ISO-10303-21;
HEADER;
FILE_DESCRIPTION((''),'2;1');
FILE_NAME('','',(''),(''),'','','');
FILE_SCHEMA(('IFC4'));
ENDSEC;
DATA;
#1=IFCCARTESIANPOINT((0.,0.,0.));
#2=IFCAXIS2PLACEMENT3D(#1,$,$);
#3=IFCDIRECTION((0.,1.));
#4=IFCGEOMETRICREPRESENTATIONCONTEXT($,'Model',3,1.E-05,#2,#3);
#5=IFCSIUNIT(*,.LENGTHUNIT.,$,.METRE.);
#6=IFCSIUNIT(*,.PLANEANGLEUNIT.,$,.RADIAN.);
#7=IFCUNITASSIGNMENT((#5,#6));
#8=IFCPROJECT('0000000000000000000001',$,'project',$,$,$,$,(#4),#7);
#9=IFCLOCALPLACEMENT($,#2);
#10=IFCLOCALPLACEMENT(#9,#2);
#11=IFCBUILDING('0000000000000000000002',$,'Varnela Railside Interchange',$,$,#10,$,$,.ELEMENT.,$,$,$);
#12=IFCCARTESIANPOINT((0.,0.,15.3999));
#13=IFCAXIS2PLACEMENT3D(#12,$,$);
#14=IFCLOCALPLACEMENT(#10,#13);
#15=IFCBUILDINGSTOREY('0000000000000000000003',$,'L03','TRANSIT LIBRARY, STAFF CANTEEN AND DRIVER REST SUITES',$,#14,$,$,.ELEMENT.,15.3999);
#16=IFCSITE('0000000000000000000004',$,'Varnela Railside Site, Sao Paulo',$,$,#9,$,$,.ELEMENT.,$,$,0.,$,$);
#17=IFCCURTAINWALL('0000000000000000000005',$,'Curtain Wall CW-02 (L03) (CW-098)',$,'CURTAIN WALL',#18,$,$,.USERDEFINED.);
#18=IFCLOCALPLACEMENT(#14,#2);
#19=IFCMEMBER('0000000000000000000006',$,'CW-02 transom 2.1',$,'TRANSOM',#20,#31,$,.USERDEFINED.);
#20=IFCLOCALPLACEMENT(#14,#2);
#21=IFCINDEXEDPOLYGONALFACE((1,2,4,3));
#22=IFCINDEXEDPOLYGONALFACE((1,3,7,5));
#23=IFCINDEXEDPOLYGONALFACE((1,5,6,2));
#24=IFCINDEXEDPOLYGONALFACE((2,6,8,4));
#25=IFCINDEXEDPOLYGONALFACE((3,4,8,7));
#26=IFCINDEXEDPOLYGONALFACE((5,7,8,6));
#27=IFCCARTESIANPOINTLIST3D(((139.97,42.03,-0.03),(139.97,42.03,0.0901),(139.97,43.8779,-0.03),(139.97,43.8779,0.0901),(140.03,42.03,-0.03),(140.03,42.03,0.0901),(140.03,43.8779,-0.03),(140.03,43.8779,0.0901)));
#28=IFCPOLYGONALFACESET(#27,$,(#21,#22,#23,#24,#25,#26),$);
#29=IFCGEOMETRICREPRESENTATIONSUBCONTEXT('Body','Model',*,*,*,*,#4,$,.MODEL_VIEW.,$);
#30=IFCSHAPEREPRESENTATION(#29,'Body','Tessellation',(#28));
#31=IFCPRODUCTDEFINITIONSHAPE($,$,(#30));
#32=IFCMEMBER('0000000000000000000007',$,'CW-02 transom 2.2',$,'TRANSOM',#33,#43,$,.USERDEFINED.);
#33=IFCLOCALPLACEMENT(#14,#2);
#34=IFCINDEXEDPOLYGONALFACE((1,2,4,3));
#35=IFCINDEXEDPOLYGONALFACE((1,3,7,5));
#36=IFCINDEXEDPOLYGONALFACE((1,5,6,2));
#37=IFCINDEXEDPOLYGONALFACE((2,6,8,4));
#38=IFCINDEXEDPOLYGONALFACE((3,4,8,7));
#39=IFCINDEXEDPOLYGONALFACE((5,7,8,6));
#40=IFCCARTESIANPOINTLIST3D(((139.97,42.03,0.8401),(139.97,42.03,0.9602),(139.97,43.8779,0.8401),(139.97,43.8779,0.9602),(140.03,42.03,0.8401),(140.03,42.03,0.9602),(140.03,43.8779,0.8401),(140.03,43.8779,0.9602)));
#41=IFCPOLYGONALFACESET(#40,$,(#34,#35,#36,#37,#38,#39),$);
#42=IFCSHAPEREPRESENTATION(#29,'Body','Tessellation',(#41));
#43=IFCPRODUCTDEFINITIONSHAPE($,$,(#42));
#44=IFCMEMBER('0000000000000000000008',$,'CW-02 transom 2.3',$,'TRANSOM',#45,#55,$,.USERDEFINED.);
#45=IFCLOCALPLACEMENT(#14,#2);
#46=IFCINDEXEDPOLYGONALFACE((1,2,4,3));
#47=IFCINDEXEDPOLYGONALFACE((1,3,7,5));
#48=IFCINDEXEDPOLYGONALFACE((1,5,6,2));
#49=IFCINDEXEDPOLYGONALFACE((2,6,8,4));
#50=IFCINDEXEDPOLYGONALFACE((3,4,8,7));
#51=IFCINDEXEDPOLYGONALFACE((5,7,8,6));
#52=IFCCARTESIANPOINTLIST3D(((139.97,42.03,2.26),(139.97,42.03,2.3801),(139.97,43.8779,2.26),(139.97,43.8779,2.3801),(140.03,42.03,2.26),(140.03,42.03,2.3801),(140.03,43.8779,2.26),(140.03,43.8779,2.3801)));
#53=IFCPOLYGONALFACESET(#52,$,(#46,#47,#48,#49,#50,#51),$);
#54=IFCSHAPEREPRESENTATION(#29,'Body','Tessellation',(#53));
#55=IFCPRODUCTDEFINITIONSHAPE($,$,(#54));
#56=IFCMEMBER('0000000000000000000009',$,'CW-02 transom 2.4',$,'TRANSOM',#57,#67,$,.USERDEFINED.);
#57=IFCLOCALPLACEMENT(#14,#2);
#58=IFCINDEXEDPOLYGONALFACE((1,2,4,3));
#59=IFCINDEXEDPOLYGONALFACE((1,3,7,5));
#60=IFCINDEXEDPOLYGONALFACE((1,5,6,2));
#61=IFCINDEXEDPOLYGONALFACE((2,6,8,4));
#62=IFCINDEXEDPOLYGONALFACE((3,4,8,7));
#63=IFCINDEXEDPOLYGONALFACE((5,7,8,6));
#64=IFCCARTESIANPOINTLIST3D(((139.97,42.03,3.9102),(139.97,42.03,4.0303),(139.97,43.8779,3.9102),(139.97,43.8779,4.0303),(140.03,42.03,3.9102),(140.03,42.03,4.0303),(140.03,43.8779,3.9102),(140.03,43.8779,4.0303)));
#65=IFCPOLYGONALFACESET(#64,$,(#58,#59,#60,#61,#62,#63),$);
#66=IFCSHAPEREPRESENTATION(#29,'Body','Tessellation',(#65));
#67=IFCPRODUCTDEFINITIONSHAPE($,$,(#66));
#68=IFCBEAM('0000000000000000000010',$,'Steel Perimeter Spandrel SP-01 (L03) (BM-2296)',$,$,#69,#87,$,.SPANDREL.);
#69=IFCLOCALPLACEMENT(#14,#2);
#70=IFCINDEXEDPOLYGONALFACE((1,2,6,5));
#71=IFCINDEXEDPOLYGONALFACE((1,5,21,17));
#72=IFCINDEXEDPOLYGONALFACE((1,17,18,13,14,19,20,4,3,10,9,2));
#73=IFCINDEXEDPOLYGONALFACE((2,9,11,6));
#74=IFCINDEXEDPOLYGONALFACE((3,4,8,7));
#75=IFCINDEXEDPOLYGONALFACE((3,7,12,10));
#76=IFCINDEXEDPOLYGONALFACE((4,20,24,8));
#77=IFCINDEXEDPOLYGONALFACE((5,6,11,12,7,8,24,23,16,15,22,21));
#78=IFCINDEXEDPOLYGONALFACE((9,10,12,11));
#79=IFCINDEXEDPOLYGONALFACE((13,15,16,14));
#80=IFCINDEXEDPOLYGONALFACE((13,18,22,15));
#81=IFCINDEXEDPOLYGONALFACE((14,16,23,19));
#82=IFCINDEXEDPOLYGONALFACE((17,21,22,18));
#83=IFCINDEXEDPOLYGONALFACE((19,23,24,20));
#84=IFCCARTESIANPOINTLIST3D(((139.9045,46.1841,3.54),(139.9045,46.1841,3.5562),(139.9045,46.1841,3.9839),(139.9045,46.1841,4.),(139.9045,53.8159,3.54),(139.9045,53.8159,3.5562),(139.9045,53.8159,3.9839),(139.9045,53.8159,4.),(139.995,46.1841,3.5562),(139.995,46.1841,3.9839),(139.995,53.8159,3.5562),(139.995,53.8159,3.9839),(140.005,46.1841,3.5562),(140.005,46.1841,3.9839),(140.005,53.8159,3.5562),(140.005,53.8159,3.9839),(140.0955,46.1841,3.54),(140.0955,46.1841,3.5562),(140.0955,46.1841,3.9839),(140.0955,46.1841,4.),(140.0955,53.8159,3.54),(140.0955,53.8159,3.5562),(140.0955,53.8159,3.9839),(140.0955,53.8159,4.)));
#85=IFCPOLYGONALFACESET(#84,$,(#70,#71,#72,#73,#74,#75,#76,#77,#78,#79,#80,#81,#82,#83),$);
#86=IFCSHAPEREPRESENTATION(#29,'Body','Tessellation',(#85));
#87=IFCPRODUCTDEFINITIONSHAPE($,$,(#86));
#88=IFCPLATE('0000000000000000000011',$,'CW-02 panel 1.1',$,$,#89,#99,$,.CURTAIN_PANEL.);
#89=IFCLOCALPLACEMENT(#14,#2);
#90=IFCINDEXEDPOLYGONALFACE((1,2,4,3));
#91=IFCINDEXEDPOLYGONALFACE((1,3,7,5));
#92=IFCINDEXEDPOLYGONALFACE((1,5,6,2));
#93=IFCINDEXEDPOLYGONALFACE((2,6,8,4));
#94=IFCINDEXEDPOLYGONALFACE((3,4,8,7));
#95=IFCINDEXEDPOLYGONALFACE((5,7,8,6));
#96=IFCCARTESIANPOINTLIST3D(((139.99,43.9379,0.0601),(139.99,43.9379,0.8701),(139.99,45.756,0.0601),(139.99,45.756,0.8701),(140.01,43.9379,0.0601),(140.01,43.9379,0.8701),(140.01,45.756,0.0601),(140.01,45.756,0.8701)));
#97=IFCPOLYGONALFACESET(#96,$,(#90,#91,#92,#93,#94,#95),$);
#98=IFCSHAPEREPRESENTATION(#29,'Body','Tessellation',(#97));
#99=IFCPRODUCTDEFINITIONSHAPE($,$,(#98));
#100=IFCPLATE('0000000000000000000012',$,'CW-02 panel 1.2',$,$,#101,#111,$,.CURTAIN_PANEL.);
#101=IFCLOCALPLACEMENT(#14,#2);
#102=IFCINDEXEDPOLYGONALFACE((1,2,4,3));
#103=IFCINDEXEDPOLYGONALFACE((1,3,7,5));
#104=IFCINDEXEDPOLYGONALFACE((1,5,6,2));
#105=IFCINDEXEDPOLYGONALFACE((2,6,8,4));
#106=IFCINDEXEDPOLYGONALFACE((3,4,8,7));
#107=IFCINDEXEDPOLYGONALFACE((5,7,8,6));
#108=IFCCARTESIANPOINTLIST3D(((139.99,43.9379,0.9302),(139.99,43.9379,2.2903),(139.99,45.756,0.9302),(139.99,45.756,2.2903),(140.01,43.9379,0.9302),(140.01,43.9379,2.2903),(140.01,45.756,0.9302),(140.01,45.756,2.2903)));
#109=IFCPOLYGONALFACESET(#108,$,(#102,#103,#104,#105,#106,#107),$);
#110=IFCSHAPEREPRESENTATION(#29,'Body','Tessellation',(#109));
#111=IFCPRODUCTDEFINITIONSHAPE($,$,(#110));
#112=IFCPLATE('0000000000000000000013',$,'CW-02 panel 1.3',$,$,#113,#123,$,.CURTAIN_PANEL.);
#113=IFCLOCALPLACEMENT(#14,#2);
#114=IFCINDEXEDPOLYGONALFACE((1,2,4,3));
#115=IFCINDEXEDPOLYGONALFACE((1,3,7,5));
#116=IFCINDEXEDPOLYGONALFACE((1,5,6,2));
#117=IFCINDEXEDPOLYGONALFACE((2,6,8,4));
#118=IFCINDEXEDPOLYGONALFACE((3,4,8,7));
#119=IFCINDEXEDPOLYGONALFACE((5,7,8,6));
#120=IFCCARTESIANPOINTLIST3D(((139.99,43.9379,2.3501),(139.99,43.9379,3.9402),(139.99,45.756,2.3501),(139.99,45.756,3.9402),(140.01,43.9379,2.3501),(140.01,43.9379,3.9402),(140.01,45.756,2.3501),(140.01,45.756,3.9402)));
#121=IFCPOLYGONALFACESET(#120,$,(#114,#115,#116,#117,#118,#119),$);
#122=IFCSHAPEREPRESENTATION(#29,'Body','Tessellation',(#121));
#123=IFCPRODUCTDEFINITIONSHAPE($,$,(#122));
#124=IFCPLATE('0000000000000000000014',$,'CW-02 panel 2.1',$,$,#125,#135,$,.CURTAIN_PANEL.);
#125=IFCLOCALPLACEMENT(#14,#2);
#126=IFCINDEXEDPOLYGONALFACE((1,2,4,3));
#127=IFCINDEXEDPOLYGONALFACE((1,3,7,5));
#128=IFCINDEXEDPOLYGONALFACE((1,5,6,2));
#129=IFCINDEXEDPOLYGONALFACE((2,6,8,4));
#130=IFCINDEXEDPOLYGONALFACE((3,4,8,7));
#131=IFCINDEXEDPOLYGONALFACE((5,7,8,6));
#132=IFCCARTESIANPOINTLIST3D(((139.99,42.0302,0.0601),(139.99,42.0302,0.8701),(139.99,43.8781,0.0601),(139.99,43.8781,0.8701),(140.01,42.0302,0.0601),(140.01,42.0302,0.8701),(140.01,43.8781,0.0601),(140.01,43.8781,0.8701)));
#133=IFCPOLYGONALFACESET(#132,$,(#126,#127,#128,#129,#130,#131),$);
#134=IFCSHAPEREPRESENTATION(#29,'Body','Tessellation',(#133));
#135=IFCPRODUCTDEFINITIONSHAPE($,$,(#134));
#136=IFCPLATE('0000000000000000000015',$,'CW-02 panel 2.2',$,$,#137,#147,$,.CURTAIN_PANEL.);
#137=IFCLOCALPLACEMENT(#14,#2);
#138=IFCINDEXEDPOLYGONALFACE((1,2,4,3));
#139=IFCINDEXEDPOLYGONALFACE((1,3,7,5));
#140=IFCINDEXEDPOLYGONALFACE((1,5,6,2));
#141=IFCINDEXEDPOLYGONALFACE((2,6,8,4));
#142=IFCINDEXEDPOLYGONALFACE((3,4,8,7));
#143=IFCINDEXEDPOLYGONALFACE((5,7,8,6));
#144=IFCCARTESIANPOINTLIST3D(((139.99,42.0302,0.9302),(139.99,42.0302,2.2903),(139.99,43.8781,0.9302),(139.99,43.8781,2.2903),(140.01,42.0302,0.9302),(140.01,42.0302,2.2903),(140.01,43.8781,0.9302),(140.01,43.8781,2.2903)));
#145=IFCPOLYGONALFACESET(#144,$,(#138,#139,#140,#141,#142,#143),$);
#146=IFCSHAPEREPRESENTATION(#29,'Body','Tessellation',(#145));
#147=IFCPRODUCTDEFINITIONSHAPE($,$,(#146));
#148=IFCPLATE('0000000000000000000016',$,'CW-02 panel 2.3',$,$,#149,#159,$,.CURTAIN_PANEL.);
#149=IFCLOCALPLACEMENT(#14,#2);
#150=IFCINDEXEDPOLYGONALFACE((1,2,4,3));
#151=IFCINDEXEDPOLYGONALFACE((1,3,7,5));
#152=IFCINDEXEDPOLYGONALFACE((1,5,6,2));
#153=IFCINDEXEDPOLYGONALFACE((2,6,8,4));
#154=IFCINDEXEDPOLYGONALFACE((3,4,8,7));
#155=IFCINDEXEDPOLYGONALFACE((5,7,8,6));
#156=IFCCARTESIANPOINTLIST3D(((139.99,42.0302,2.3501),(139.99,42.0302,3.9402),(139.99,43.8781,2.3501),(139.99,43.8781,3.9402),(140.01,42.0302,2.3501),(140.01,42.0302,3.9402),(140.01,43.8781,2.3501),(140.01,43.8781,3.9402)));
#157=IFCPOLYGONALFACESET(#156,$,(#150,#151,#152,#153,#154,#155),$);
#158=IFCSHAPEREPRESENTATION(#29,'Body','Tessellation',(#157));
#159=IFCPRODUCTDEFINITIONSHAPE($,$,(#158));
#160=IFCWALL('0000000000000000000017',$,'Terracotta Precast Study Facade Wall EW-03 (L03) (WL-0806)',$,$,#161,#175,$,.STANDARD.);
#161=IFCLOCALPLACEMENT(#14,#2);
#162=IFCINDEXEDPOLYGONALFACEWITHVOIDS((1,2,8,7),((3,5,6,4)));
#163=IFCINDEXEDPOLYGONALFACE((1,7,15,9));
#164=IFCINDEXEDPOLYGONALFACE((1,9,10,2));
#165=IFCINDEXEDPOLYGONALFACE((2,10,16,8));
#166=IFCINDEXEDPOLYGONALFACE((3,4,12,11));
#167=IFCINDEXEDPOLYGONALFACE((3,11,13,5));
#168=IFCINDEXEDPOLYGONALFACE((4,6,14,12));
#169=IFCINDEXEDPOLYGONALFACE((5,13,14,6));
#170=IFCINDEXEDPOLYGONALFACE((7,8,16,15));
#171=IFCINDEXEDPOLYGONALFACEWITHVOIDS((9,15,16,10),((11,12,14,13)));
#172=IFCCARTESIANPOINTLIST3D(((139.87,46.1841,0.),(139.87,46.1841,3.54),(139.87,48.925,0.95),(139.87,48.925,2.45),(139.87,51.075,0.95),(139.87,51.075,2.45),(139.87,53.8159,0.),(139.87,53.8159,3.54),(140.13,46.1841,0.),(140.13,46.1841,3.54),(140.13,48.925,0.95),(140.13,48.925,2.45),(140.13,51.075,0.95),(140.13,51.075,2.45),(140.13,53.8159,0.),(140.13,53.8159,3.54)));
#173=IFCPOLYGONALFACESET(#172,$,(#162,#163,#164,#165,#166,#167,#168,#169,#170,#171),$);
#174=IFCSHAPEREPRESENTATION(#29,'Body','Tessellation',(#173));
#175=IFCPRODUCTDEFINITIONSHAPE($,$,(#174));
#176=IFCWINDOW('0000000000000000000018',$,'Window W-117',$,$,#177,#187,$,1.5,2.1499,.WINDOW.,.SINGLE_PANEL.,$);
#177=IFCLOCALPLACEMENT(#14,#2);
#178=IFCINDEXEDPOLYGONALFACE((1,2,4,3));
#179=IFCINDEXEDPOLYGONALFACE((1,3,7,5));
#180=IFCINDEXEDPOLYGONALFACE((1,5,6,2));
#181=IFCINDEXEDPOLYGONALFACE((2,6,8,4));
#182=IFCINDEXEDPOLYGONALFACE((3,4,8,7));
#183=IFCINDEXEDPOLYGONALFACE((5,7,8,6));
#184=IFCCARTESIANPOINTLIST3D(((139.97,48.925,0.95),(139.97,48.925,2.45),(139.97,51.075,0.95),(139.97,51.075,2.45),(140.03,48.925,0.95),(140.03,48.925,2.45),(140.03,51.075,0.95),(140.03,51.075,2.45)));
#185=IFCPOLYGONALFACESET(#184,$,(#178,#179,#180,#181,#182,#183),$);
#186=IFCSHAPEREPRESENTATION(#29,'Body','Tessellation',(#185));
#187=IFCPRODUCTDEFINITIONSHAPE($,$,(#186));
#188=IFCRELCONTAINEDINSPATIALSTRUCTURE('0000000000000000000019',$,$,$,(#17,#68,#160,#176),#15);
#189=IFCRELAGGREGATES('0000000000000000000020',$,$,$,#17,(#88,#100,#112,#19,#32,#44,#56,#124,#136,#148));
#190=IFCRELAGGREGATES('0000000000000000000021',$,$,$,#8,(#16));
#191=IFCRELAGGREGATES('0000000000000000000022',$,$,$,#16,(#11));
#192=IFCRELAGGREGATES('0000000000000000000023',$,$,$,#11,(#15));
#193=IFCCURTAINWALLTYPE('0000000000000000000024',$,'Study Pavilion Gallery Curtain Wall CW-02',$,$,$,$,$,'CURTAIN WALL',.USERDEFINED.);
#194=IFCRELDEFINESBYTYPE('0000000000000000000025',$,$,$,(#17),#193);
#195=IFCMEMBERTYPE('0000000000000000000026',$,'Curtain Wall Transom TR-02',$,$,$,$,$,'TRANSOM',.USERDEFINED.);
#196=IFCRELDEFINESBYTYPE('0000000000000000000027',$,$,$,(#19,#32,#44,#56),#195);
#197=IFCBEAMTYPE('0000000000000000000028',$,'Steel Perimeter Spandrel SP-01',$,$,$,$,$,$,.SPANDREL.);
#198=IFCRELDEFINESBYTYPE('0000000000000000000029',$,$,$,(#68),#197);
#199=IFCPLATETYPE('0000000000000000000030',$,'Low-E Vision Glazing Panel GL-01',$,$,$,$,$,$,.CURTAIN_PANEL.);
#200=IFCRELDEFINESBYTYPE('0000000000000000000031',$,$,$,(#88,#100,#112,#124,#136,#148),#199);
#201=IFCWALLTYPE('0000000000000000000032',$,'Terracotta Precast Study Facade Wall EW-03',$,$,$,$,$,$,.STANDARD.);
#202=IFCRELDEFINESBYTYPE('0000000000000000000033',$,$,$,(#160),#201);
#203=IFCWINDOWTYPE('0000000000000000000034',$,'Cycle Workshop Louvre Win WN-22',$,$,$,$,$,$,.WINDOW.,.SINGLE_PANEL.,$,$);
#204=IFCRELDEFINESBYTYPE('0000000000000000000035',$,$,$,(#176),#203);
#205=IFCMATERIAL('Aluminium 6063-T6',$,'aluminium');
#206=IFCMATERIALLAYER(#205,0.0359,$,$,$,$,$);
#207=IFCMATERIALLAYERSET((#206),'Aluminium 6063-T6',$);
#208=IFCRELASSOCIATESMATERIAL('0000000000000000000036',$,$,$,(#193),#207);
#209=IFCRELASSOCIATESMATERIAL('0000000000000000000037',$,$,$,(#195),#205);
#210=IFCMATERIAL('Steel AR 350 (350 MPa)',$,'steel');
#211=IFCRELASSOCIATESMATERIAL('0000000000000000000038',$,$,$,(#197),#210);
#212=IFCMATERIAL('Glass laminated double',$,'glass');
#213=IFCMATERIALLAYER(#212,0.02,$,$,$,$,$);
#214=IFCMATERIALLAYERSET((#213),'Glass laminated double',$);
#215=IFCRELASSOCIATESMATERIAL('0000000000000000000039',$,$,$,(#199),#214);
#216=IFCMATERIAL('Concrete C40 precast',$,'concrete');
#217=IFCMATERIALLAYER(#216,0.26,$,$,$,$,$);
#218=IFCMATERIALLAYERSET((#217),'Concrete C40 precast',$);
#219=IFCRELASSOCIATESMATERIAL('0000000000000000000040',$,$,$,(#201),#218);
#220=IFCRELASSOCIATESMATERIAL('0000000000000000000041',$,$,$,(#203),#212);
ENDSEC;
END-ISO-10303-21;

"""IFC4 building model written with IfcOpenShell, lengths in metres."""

from ifc_helpers import new_model, si_unit, direction, frame, frame_2d, origin, origin_2d, place, context, subcontext, project, spatial, rectangle, i_section, extrude, material, layer, layer_set, material_profile, profile_set, type_object, element, fill, aggregate, save


model = new_model("IFC4")

# Units and contexts
model_context = context("Model", 3, precision=1e-05, world=origin(), true_north=direction((0.0, 1.0)))
body_context = subcontext(model_context, "Body", "Model", "MODEL_VIEW")
ifc_project = project(units=[si_unit("LENGTHUNIT", "METRE"), si_unit("PLANEANGLEUNIT", "RADIAN")], contexts=[model_context])

# Site, building, storey
site_placement = place(None, origin())
site = spatial("IfcSite", under=ifc_project, at=site_placement, Name="Varnela Railside Site, Sao Paulo", CompositionType="ELEMENT", RefElevation=0.0)
building_placement = place(site_placement, origin())
building = spatial("IfcBuilding", under=site, at=building_placement, Name="Varnela Railside Interchange", CompositionType="ELEMENT")
storey_placement = place(building_placement, frame((0.0, 0.0, 15.3999)))
storey = spatial("IfcBuildingStorey", under=building, at=storey_placement, Name="L03", Description="TRANSIT LIBRARY, STAFF CANTEEN AND DRIVER REST SUITES", CompositionType="ELEMENT", Elevation=15.3999)

# Shared definitions
ifc_material_1 = material(Name="Steel AR 350 (350 MPa)", Category="steel")

# Curtain wall, members
ifc_material_2 = material(Name="Aluminium 6063-T6", Category="aluminium")
ifc_layer_1 = layer(ifc_material_2, 0.0359)
ifc_layer_set_1 = layer_set([ifc_layer_1], Name="Aluminium 6063-T6")
curtain_wall_type = type_object("IfcCurtainWallType", Name="Study Pavilion Gallery Curtain Wall CW-02", ElementType="CURTAIN WALL", PredefinedType="USERDEFINED", material=ifc_layer_set_1)
curtain_wall_placement = place(storey_placement, origin())
curtain_wall = element("IfcCurtainWall", 1, at=curtain_wall_placement, inside=storey, type_object=curtain_wall_type, Name="Curtain Wall CW-02 (L03) (CW-098)", ObjectType="CURTAIN WALL", PredefinedType="USERDEFINED")
ifc_material_profile_1 = material_profile(ifc_material_2, rectangle(XDim=0.0601, YDim=0.1201, at=origin_2d()), Name="ALU 60x120")
ifc_profile_set_1 = profile_set([ifc_material_profile_1], Name="Aluminium 6063-T6")
member_type_1 = type_object("IfcMemberType", Name="Curtain Wall Transom TR-02", ElementType="TRANSOM", PredefinedType="USERDEFINED", material=ifc_profile_set_1)
member_1_placement = place(storey_placement, frame((140.0, 43.8779, 0.03), z_axis=(0.0, -1.0, 0.0), x_axis=(1.0, 0.0, 0.0)))
member_1 = element("IfcMember", 2, at=member_1_placement, type_object=member_type_1, Name="CW-02 transom 2.1", ObjectType="TRANSOM", PredefinedType="USERDEFINED", context=body_context, shape_type="SweptSolid", body=[
    extrude(rectangle(XDim=0.0601, YDim=0.1201, at=origin_2d()), origin(), (0.0, 0.0, 1.0), 1.8479),
])
member_2_placement = place(storey_placement, frame((140.0, 43.8779, 0.9001), z_axis=(0.0, -1.0, 0.0), x_axis=(1.0, 0.0, 0.0)))
member_2 = element("IfcMember", 3, at=member_2_placement, type_object=member_type_1, Name="CW-02 transom 2.2", ObjectType="TRANSOM", PredefinedType="USERDEFINED", context=body_context, shape_type="SweptSolid", body=[
    extrude(rectangle(XDim=0.0601, YDim=0.1201, at=origin_2d()), origin(), (0.0, 0.0, 1.0), 1.8479),
])
member_3_placement = place(storey_placement, frame((140.0, 43.8779, 2.3201), z_axis=(0.0, -1.0, 0.0), x_axis=(1.0, 0.0, 0.0)))
member_3 = element("IfcMember", 4, at=member_3_placement, type_object=member_type_1, Name="CW-02 transom 2.3", ObjectType="TRANSOM", PredefinedType="USERDEFINED", context=body_context, shape_type="SweptSolid", body=[
    extrude(rectangle(XDim=0.0601, YDim=0.1201, at=origin_2d()), origin(), (0.0, 0.0, 1.0), 1.8479),
])
member_4_placement = place(storey_placement, frame((140.0, 43.8779, 3.9702), z_axis=(0.0, -1.0, 0.0), x_axis=(1.0, 0.0, 0.0)))
member_4 = element("IfcMember", 5, at=member_4_placement, type_object=member_type_1, Name="CW-02 transom 2.4", ObjectType="TRANSOM", PredefinedType="USERDEFINED", context=body_context, shape_type="SweptSolid", body=[
    extrude(rectangle(XDim=0.0601, YDim=0.1201, at=origin_2d()), origin(), (0.0, 0.0, 1.0), 1.8479),
])

# Beam
ifc_material_profile_2 = material_profile(ifc_material_1, i_section(OverallWidth=0.1909, OverallDepth=0.46, WebThickness=0.01, FlangeThickness=0.0161, at=origin_2d()), Name="W460x82")
ifc_profile_set_2 = profile_set([ifc_material_profile_2], Name="Steel AR 350 (350 MPa)")
beam_type_1 = type_object("IfcBeamType", Name="Steel Perimeter Spandrel SP-01", PredefinedType="SPANDREL", material=ifc_profile_set_2)
beam_1_placement = place(storey_placement, frame((140.0, 46.1841, 3.77), z_axis=(0.0, 1.0, 0.0), x_axis=(-1.0, 0.0, 0.0)))
element("IfcBeam", 6, at=beam_1_placement, inside=storey, type_object=beam_type_1, Name="Steel Perimeter Spandrel SP-01 (L03) (BM-2296)", PredefinedType="SPANDREL", context=body_context, shape_type="SweptSolid", body=[
    extrude(i_section(OverallWidth=0.1909, OverallDepth=0.46, WebThickness=0.01, FlangeThickness=0.0161, at=origin_2d()), origin(), (0.0, 0.0, 1.0), 7.6318),
])

# Plates
ifc_material_3 = material(Name="Glass laminated double", Category="glass")
ifc_layer_2 = layer(ifc_material_3, 0.02)
ifc_layer_set_2 = layer_set([ifc_layer_2], Name="Glass laminated double")
plate_type = type_object("IfcPlateType", Name="Low-E Vision Glazing Panel GL-01", PredefinedType="CURTAIN_PANEL", material=ifc_layer_set_2)
plate_1_placement = place(storey_placement, frame((140.0, 44.8469, 0.0601), z_axis=(0.0, 0.0, 1.0), x_axis=(0.0, -1.0, 0.0)))
plate_1 = element("IfcPlate", 7, at=plate_1_placement, type_object=plate_type, Name="CW-02 panel 1.1", PredefinedType="CURTAIN_PANEL", context=body_context, shape_type="SweptSolid", body=[
    extrude(rectangle(XDim=1.8181, YDim=0.02, at=origin_2d()), origin(), (0.0, 0.0, 1.0), 0.8101),
])
plate_2_placement = place(storey_placement, frame((140.0, 44.8469, 0.9302), z_axis=(0.0, 0.0, 1.0), x_axis=(0.0, -1.0, 0.0)))
plate_2 = element("IfcPlate", 8, at=plate_2_placement, type_object=plate_type, Name="CW-02 panel 1.2", PredefinedType="CURTAIN_PANEL", context=body_context, shape_type="SweptSolid", body=[
    extrude(rectangle(XDim=1.8181, YDim=0.02, at=origin_2d()), origin(), (0.0, 0.0, 1.0), 1.3601),
])
plate_3_placement = place(storey_placement, frame((140.0, 44.8469, 2.3501), z_axis=(0.0, 0.0, 1.0), x_axis=(0.0, -1.0, 0.0)))
plate_3 = element("IfcPlate", 9, at=plate_3_placement, type_object=plate_type, Name="CW-02 panel 1.3", PredefinedType="CURTAIN_PANEL", context=body_context, shape_type="SweptSolid", body=[
    extrude(rectangle(XDim=1.8181, YDim=0.02, at=origin_2d()), origin(), (0.0, 0.0, 1.0), 1.5901),
])
plate_4_placement = place(storey_placement, frame((140.0, 42.9541, 0.0601), z_axis=(0.0, 0.0, 1.0), x_axis=(0.0, -1.0, 0.0)))
plate_4 = element("IfcPlate", 10, at=plate_4_placement, type_object=plate_type, Name="CW-02 panel 2.1", PredefinedType="CURTAIN_PANEL", context=body_context, shape_type="SweptSolid", body=[
    extrude(rectangle(XDim=1.8479, YDim=0.02, at=origin_2d()), origin(), (0.0, 0.0, 1.0), 0.8101),
])
plate_5_placement = place(storey_placement, frame((140.0, 42.9541, 0.9302), z_axis=(0.0, 0.0, 1.0), x_axis=(0.0, -1.0, 0.0)))
plate_5 = element("IfcPlate", 11, at=plate_5_placement, type_object=plate_type, Name="CW-02 panel 2.2", PredefinedType="CURTAIN_PANEL", context=body_context, shape_type="SweptSolid", body=[
    extrude(rectangle(XDim=1.8479, YDim=0.02, at=origin_2d()), origin(), (0.0, 0.0, 1.0), 1.3601),
])
plate_6_placement = place(storey_placement, frame((140.0, 42.9541, 2.3501), z_axis=(0.0, 0.0, 1.0), x_axis=(0.0, -1.0, 0.0)))
plate_6 = element("IfcPlate", 12, at=plate_6_placement, type_object=plate_type, Name="CW-02 panel 2.3", PredefinedType="CURTAIN_PANEL", context=body_context, shape_type="SweptSolid", body=[
    extrude(rectangle(XDim=1.8479, YDim=0.02, at=origin_2d()), origin(), (0.0, 0.0, 1.0), 1.5901),
])
aggregate(curtain_wall, [plate_1, plate_2, plate_3, member_1, member_2, member_3, member_4, plate_4, plate_5, plate_6])

# Wall, opening, window
ifc_material_4 = material(Name="Concrete C40 precast", Category="concrete")
ifc_layer_3 = layer(ifc_material_4, 0.26)
ifc_layer_set_3 = layer_set([ifc_layer_3], Name="Concrete C40 precast")
wall_type = type_object("IfcWallType", Name="Terracotta Precast Study Facade Wall EW-03", PredefinedType="STANDARD", material=ifc_layer_set_3)
wall_placement = place(storey_placement, frame((140.0, 53.8159, 0.0), z_axis=(0.0, 0.0, 1.0), x_axis=(0.0, -1.0, 0.0)))
wall = element("IfcWall", 13, at=wall_placement, inside=storey, type_object=wall_type, Name="Terracotta Precast Study Facade Wall EW-03 (L03) (WL-0806)", PredefinedType="STANDARD", context=body_context, shape_type="SweptSolid", body=[
    extrude(rectangle(XDim=7.6318, YDim=0.26, at=frame_2d((3.8159, 0.0))), origin(), (0.0, 0.0, 1.0), 3.54),
])
opening_placement = place(wall_placement, frame((2.741, 0.0, 0.95)))
opening = element("IfcOpeningElement", 14, at=opening_placement, cuts=wall, PredefinedType="OPENING", context=body_context, shape_type="SweptSolid", body=[
    extrude(rectangle(XDim=2.1499, YDim=1.5, at=frame_2d((1.075, 0.75))), frame((0.0, 0.1399, 0.0), z_axis=(0.0, -1.0, 0.0), x_axis=(1.0, 0.0, 0.0)), (0.0, 0.0, 1.0), 0.28),
])
window_type = type_object("IfcWindowType", Name="Cycle Workshop Louvre Win WN-22", PartitioningType="SINGLE_PANEL", PredefinedType="WINDOW", material=ifc_material_3)
window_placement = place(opening_placement, origin())
window = element("IfcWindow", 15, at=window_placement, inside=storey, type_object=window_type, Name="Window W-117", OverallHeight=1.5, OverallWidth=2.1499, PartitioningType="SINGLE_PANEL", PredefinedType="WINDOW", context=body_context, shape_type="SweptSolid", body=[
    extrude(rectangle(XDim=2.1499, YDim=1.5, at=frame_2d((1.075, 0.75))), frame((0.0, 0.03, 0.0), z_axis=(0.0, -1.0, 0.0), x_axis=(1.0, 0.0, 0.0)), (0.0, 0.0, 1.0), 0.0601),
])
fill(opening, window)

save(model, "model.ifc")
